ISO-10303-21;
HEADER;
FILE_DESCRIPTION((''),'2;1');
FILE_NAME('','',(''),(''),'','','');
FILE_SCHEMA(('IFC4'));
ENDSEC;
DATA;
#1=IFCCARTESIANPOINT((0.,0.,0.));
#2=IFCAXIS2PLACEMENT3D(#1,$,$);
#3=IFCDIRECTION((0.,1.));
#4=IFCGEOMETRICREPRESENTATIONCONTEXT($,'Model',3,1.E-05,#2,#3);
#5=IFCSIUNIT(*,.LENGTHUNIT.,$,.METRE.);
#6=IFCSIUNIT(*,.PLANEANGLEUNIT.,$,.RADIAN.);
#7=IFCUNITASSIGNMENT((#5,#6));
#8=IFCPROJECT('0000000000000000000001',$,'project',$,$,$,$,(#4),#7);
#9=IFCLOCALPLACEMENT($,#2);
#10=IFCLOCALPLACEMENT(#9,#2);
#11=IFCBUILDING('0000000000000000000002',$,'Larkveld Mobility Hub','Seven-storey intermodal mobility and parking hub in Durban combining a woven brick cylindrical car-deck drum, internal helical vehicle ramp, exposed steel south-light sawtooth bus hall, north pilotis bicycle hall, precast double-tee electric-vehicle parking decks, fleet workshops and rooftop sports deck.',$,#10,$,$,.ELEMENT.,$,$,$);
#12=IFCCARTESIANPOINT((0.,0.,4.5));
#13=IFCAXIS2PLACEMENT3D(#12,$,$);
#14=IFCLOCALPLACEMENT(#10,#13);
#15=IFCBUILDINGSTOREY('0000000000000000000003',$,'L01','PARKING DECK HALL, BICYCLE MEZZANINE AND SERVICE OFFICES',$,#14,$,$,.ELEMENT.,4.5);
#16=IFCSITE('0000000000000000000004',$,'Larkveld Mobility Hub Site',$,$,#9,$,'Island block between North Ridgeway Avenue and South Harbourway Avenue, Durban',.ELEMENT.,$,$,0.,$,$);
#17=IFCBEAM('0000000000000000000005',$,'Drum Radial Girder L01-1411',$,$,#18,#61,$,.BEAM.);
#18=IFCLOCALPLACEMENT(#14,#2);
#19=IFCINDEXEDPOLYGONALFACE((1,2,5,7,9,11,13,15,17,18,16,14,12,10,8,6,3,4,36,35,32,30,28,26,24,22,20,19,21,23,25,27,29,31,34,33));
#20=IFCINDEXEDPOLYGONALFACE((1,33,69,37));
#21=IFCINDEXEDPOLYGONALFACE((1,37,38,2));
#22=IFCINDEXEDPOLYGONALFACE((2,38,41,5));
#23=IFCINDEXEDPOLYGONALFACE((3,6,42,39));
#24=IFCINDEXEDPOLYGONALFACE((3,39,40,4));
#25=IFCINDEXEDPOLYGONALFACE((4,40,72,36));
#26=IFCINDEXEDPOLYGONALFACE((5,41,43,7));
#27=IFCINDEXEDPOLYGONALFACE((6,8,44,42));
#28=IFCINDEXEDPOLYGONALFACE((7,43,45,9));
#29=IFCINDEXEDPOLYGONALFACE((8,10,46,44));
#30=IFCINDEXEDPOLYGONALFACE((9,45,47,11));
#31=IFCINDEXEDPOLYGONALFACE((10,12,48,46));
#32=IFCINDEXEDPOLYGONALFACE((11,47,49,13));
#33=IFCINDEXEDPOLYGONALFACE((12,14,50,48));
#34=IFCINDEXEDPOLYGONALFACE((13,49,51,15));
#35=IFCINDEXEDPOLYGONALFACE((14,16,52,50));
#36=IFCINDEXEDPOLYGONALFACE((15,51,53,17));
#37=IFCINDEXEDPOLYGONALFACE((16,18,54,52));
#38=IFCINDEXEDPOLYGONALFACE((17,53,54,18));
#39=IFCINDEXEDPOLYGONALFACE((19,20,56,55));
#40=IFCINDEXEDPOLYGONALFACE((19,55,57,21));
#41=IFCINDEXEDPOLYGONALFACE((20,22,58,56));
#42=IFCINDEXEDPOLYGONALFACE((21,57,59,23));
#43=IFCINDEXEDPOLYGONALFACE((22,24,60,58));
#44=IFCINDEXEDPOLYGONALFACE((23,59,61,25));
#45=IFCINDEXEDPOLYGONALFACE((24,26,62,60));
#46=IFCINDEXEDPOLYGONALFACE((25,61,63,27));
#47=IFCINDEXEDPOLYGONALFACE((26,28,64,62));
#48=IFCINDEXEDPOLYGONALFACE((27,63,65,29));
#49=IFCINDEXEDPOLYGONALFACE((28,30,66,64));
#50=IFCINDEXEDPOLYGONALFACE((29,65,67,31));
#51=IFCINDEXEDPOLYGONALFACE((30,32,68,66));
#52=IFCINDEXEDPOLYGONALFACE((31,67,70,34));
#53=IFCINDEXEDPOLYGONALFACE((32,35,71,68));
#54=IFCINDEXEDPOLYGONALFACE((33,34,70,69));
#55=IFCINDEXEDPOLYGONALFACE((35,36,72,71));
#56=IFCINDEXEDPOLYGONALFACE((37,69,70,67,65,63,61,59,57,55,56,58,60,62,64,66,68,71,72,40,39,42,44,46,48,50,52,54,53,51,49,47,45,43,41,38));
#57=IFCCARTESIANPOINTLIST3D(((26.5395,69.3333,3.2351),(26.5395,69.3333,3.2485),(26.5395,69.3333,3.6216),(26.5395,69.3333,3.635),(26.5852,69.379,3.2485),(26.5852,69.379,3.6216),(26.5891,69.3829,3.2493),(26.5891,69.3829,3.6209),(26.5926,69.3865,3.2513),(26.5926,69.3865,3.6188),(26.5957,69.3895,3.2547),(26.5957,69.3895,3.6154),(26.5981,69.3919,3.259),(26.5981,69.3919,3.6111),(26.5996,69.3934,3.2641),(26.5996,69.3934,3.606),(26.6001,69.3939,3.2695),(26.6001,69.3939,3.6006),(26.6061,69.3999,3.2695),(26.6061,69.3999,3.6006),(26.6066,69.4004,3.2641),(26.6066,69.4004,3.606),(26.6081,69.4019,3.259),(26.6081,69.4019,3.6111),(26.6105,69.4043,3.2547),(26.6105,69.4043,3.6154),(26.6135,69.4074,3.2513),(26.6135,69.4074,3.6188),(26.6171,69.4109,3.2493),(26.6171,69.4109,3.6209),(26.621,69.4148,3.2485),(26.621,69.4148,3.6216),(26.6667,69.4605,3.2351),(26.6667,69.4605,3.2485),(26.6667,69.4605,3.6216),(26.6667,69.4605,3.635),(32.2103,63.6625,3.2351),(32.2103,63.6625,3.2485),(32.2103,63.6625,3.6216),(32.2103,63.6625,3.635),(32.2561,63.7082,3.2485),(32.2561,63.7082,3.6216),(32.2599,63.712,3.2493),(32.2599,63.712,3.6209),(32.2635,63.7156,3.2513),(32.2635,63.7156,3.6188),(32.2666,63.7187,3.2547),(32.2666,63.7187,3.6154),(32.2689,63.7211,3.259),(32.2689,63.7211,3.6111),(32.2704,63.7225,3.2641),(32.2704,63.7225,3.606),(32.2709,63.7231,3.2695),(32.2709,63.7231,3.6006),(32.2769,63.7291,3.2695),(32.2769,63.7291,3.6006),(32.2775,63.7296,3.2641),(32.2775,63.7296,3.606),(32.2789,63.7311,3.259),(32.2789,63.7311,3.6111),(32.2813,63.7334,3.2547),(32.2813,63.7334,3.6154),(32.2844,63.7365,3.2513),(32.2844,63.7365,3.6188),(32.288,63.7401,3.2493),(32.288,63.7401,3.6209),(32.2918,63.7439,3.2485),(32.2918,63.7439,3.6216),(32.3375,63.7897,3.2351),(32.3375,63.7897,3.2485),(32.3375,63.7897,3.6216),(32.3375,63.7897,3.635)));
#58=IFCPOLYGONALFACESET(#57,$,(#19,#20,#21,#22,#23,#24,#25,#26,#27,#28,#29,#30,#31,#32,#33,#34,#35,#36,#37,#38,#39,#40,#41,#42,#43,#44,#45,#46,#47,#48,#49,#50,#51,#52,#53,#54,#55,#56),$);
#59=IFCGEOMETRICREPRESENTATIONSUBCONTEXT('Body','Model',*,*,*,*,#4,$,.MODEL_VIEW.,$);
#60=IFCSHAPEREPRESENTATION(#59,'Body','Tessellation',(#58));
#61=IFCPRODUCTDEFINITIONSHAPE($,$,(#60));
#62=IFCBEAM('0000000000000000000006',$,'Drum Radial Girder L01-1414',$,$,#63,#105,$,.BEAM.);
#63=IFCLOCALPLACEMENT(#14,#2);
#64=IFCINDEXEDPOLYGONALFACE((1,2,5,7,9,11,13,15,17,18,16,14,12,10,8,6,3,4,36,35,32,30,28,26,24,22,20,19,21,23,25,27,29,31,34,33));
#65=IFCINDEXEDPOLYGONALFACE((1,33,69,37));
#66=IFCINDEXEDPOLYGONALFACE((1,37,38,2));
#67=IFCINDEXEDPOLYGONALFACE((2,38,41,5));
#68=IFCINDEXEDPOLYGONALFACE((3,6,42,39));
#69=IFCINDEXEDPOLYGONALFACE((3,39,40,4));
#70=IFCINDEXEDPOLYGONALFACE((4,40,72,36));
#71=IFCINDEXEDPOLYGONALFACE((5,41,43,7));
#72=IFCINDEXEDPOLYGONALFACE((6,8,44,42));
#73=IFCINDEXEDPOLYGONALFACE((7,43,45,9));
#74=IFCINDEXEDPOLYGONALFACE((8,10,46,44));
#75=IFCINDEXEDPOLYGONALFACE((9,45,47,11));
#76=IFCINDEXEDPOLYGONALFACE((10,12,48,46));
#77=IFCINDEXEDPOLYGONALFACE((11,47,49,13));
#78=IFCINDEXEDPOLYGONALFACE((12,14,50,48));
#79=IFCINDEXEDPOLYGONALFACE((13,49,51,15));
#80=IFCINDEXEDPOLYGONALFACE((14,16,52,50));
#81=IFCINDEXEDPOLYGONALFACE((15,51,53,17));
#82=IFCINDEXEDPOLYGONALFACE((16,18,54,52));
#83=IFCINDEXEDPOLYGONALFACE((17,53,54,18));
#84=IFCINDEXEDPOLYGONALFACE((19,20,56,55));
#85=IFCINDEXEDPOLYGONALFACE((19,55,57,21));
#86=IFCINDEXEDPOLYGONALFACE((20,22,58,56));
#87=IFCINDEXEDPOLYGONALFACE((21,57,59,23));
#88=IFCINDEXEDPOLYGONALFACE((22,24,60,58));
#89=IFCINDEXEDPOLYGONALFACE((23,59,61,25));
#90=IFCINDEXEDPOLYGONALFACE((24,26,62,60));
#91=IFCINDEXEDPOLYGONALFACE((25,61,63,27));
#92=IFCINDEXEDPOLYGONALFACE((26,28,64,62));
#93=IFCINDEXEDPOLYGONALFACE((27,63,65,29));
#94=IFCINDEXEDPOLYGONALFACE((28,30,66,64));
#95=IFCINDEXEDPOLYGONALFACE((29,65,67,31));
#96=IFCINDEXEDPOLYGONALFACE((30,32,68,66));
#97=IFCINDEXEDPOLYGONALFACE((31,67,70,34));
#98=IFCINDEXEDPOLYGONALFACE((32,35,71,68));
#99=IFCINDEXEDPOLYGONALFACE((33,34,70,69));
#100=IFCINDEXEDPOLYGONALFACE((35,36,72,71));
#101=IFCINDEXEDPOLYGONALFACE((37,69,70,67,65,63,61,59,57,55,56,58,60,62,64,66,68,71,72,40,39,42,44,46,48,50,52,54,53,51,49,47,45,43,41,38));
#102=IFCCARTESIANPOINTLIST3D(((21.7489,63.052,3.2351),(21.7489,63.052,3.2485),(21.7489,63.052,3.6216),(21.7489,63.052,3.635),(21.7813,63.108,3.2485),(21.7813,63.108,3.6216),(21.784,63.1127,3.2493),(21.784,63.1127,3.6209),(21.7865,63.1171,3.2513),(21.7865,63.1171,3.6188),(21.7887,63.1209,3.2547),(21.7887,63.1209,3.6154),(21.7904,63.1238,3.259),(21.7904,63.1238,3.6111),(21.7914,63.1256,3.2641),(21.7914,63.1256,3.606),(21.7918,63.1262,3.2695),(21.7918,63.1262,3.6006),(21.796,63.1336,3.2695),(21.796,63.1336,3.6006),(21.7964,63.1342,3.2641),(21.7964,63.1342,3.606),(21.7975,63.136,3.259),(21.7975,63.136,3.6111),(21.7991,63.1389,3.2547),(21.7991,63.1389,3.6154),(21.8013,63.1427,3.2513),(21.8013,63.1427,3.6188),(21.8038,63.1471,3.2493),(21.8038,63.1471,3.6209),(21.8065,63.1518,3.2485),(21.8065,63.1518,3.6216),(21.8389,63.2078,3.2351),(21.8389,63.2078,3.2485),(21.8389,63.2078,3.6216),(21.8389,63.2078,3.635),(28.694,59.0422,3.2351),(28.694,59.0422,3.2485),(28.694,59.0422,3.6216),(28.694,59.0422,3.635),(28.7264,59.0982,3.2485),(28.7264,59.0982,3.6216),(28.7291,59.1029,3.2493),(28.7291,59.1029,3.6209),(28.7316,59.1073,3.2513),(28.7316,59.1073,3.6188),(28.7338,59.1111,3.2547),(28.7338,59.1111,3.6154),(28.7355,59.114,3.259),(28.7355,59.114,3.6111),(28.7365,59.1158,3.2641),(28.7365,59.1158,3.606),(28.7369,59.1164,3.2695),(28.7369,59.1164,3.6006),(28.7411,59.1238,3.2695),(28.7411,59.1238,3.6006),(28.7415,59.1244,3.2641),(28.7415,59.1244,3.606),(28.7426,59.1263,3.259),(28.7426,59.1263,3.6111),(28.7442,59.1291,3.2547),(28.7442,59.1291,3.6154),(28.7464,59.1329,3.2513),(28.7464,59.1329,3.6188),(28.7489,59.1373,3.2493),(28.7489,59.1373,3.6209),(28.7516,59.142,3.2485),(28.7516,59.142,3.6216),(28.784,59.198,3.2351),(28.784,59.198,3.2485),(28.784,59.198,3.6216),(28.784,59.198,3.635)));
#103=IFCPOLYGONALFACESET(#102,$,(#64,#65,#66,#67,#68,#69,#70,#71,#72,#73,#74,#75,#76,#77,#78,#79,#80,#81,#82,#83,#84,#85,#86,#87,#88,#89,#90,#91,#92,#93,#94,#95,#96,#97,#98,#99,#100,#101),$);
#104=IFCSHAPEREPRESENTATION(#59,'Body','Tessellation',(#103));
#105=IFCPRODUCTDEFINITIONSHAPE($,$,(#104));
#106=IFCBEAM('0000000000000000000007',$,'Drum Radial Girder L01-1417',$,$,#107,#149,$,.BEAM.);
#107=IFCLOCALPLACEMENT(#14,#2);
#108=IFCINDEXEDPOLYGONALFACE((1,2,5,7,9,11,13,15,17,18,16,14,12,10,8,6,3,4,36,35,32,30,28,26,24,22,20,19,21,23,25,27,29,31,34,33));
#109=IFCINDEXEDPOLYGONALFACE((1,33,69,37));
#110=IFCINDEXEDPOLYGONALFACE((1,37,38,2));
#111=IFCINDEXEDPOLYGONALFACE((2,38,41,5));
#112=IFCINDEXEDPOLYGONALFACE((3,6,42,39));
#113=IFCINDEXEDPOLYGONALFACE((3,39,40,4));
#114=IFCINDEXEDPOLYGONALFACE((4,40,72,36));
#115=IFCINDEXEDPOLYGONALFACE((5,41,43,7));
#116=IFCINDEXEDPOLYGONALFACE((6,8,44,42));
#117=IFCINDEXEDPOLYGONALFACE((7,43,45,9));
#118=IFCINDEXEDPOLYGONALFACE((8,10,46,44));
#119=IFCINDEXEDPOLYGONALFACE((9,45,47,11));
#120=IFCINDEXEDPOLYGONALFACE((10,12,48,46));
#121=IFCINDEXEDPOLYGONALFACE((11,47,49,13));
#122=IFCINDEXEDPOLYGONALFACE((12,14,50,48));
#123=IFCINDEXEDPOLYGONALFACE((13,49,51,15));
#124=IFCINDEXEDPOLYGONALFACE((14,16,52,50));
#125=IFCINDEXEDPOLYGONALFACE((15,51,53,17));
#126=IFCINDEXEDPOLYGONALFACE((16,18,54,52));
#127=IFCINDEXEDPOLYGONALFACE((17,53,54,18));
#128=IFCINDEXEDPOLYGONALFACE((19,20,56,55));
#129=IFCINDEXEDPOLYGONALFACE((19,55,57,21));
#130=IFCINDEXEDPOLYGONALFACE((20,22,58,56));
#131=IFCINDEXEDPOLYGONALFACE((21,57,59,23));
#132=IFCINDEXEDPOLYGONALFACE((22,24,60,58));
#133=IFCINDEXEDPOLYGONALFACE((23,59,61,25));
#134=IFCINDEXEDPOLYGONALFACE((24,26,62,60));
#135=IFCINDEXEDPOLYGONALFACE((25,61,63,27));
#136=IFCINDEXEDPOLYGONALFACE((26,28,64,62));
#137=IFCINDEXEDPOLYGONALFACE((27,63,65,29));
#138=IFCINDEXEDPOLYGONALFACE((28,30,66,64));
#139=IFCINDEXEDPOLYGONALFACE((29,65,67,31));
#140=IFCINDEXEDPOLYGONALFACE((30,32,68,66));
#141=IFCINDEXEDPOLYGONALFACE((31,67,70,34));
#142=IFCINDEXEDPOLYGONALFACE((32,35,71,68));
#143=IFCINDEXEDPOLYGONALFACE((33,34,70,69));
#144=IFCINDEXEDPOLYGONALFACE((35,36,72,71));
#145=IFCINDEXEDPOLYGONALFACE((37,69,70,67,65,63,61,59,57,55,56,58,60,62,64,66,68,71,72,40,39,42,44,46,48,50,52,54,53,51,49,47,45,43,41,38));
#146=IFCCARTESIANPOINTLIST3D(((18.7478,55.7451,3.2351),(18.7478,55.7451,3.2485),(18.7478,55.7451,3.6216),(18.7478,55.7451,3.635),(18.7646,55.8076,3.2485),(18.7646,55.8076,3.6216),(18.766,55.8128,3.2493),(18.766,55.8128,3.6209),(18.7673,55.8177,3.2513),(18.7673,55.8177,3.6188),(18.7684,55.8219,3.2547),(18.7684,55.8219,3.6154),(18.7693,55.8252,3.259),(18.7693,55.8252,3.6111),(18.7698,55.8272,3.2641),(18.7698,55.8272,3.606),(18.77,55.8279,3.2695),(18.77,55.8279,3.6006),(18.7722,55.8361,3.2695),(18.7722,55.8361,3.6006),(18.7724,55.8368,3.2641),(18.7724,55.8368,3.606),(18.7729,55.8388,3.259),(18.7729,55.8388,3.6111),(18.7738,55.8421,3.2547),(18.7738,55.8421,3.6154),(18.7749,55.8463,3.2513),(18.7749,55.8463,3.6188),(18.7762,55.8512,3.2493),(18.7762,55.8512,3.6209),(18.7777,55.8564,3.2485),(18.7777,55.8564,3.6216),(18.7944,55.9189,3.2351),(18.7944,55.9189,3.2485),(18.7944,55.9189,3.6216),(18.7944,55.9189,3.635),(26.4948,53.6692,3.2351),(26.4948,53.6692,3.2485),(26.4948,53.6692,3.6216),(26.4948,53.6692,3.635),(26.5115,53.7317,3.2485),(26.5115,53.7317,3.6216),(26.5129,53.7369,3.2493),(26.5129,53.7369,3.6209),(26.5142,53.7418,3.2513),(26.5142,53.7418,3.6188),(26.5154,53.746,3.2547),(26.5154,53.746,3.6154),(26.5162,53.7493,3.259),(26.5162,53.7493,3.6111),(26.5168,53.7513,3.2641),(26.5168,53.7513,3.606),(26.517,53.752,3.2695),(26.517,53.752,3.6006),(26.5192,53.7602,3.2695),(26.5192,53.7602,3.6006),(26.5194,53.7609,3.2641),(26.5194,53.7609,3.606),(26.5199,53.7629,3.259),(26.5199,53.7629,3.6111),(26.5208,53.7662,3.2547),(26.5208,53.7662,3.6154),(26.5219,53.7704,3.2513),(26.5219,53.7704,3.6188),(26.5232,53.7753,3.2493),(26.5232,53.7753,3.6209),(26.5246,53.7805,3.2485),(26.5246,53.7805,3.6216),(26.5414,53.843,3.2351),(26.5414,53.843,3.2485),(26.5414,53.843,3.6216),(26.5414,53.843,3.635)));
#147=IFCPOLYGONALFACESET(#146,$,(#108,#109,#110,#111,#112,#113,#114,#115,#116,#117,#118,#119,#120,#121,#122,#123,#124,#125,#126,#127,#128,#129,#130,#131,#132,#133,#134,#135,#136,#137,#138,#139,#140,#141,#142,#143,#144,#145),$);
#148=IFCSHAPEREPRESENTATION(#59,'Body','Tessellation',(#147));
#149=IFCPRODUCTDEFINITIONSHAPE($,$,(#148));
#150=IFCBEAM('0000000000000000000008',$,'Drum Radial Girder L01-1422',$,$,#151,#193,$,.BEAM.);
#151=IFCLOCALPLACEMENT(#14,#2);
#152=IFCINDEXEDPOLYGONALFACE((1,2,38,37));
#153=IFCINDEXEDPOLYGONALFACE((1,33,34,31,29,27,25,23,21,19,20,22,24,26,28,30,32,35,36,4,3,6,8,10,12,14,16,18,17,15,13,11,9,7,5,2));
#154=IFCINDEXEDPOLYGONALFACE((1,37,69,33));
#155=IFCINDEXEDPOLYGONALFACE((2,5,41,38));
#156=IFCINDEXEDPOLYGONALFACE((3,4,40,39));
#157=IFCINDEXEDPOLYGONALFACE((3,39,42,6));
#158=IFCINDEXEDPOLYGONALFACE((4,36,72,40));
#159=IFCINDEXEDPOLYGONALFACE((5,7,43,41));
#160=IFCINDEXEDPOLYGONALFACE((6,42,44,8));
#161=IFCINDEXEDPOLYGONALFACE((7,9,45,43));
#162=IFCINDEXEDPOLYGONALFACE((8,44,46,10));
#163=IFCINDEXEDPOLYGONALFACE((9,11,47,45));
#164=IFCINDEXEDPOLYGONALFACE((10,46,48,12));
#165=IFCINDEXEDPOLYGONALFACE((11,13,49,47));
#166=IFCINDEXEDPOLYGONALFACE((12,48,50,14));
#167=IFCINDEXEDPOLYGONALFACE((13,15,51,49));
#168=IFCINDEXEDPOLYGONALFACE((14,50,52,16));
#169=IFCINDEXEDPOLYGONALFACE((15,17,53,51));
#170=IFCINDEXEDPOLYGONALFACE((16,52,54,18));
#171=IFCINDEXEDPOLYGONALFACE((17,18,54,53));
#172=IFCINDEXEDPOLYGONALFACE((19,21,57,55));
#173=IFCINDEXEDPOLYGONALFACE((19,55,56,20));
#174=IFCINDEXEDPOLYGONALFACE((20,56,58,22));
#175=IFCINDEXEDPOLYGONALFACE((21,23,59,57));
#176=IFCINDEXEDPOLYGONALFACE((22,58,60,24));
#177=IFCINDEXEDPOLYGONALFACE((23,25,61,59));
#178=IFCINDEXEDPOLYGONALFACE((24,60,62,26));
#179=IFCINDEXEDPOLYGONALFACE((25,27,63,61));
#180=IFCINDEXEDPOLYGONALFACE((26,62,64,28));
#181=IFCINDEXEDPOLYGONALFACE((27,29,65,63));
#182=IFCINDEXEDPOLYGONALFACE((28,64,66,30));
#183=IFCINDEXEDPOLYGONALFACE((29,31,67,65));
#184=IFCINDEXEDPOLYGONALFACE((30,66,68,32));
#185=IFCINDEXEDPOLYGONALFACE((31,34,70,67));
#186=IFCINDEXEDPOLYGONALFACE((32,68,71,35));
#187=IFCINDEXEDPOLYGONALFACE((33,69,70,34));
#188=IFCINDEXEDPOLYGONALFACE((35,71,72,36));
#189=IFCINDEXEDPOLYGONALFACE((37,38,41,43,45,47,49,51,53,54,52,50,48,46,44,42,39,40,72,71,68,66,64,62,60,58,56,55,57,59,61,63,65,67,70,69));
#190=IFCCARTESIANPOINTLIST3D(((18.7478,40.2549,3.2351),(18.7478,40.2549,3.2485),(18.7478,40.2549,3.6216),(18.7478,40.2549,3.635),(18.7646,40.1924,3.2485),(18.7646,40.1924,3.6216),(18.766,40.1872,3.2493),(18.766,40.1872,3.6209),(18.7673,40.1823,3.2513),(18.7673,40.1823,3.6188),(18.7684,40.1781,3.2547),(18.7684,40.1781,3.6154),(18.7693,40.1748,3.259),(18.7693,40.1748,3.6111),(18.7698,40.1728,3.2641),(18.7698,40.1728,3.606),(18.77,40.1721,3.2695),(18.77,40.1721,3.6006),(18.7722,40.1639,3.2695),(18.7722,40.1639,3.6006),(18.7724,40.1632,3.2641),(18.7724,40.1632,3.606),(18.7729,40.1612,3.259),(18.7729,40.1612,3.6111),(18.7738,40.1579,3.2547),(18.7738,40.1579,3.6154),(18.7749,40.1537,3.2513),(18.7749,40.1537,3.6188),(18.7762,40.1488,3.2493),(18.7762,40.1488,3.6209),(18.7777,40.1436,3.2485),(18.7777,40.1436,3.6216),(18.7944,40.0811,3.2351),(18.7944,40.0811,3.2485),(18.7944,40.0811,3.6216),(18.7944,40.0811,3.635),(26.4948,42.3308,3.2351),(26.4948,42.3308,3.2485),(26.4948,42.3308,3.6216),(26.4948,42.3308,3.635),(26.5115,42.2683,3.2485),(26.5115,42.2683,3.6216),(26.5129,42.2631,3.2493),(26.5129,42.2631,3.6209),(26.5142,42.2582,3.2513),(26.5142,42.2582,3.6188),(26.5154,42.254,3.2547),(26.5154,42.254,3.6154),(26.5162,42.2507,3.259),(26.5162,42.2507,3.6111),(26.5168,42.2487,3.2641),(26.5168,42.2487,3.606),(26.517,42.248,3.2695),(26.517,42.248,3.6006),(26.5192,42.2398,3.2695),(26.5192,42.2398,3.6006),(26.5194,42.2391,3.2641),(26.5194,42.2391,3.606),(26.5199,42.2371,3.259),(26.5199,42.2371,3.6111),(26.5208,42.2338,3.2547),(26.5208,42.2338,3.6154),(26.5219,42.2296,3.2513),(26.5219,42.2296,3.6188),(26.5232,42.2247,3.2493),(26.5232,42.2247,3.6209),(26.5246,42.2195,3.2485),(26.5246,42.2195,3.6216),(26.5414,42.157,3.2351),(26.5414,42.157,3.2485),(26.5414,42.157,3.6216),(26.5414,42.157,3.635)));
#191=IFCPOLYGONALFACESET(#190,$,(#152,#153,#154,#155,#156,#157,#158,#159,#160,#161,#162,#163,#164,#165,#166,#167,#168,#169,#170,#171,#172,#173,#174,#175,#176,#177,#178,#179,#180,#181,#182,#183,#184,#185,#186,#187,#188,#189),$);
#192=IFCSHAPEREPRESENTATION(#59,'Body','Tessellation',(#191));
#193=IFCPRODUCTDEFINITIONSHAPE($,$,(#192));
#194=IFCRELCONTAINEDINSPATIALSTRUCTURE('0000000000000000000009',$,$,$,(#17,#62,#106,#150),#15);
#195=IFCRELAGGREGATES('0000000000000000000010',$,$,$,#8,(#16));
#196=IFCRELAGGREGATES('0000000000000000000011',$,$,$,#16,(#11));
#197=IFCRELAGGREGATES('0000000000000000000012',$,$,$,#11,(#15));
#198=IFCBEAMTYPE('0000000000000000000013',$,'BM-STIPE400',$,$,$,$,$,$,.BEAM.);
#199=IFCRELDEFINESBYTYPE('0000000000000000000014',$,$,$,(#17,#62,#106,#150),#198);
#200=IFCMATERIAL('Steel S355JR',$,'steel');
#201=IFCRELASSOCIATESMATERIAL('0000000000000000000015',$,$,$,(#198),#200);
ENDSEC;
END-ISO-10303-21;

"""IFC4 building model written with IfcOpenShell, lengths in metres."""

from ifc_helpers import new_model, si_unit, direction, frame, origin, origin_2d, place, context, subcontext, project, spatial, i_section, extrude, material, material_profile, profile_set, type_object, element, save


model = new_model("IFC4")

# Units and contexts
model_context = context("Model", 3, precision=1e-05, world=origin(), true_north=direction((0.0, 1.0)))
body_context = subcontext(model_context, "Body", "Model", "MODEL_VIEW")
ifc_project = project(units=[si_unit("LENGTHUNIT", "METRE"), si_unit("PLANEANGLEUNIT", "RADIAN")], contexts=[model_context])

# Site, building, storey
site_placement = place(None, origin())
site = spatial("IfcSite", under=ifc_project, at=site_placement, Name="Larkveld Mobility Hub Site", LongName="Island block between North Ridgeway Avenue and South Harbourway Avenue, Durban", CompositionType="ELEMENT", RefElevation=0.0)
building_placement = place(site_placement, origin())
building = spatial("IfcBuilding", under=site, at=building_placement, Name="Larkveld Mobility Hub", Description="Seven-storey intermodal mobility and parking hub in Durban combining a woven brick cylindrical car-deck drum, internal helical vehicle ramp, exposed steel south-light sawtooth bus hall, north pilotis bicycle hall, precast double-tee electric-vehicle parking decks, fleet workshops and rooftop sports deck.", CompositionType="ELEMENT")
storey_placement = place(building_placement, frame((0.0, 0.0, 4.5)))
storey = spatial("IfcBuildingStorey", under=building, at=storey_placement, Name="L01", Description="PARKING DECK HALL, BICYCLE MEZZANINE AND SERVICE OFFICES", CompositionType="ELEMENT", Elevation=4.5)

# Beams
ifc_material_1 = material(Name="Steel S355JR", Category="steel")
ifc_material_profile_1 = material_profile(ifc_material_1, i_section(OverallWidth=0.1799, OverallDepth=0.3999, WebThickness=0.0085, FlangeThickness=0.0134, FilletRadius=0.021, at=origin_2d()), Name="IPE 400")
ifc_profile_set_1 = profile_set([ifc_material_profile_1], Name="Steel S355JR")
beam_type_1 = type_object("IfcBeamType", Name="BM-STIPE400", PredefinedType="BEAM", material=ifc_profile_set_1)
beam_1_placement = place(storey_placement, frame((32.2739, 63.7261, 3.4351), z_axis=(-0.707107, 0.707107, 0.0), x_axis=(-0.707107, -0.707107, 0.0)))
element("IfcBeam", 1, at=beam_1_placement, inside=storey, type_object=beam_type_1, Name="Drum Radial Girder L01-1411", PredefinedType="BEAM", context=body_context, shape_type="SweptSolid", body=[
    extrude(i_section(OverallWidth=0.1799, OverallDepth=0.3999, WebThickness=0.0085, FlangeThickness=0.0134, FilletRadius=0.021, at=origin_2d()), origin(), (0.0, 0.0, 1.0), 8.0198),
])
beam_2_placement = place(storey_placement, frame((28.739, 59.1201, 3.4351), z_axis=(-0.866024, 0.500003, 0.0), x_axis=(-0.500003, -0.866024, 0.0)))
element("IfcBeam", 2, at=beam_2_placement, inside=storey, type_object=beam_type_1, Name="Drum Radial Girder L01-1414", PredefinedType="BEAM", context=body_context, shape_type="SweptSolid", body=[
    extrude(i_section(OverallWidth=0.1799, OverallDepth=0.3999, WebThickness=0.0085, FlangeThickness=0.0134, FilletRadius=0.021, at=origin_2d()), origin(), (0.0, 0.0, 1.0), 8.0195),
])
for number, where, z_axis, x_axis, name in (
    (3, (26.5181, 53.7561, 3.4351), (-0.965923, 0.258831, 0.0), (-0.258831, -0.965923, 0.0), "Drum Radial Girder L01-1417"),
    (4, (26.5181, 42.2439, 3.4351), (-0.965923, -0.258831, 0.0), (0.258831, -0.965923, 0.0), "Drum Radial Girder L01-1422"),
):
    element("IfcBeam", number, at=place(storey_placement, frame(where, z_axis=z_axis, x_axis=x_axis)), inside=storey, type_object=beam_type_1, Name=name, PredefinedType="BEAM", context=body_context, shape_type="SweptSolid", body=[
        extrude(i_section(OverallWidth=0.1799, OverallDepth=0.3999, WebThickness=0.0085, FlangeThickness=0.0134, FilletRadius=0.021, at=origin_2d()), origin(), (0.0, 0.0, 1.0), 8.0203),
    ])

save(model, "model.ifc")
